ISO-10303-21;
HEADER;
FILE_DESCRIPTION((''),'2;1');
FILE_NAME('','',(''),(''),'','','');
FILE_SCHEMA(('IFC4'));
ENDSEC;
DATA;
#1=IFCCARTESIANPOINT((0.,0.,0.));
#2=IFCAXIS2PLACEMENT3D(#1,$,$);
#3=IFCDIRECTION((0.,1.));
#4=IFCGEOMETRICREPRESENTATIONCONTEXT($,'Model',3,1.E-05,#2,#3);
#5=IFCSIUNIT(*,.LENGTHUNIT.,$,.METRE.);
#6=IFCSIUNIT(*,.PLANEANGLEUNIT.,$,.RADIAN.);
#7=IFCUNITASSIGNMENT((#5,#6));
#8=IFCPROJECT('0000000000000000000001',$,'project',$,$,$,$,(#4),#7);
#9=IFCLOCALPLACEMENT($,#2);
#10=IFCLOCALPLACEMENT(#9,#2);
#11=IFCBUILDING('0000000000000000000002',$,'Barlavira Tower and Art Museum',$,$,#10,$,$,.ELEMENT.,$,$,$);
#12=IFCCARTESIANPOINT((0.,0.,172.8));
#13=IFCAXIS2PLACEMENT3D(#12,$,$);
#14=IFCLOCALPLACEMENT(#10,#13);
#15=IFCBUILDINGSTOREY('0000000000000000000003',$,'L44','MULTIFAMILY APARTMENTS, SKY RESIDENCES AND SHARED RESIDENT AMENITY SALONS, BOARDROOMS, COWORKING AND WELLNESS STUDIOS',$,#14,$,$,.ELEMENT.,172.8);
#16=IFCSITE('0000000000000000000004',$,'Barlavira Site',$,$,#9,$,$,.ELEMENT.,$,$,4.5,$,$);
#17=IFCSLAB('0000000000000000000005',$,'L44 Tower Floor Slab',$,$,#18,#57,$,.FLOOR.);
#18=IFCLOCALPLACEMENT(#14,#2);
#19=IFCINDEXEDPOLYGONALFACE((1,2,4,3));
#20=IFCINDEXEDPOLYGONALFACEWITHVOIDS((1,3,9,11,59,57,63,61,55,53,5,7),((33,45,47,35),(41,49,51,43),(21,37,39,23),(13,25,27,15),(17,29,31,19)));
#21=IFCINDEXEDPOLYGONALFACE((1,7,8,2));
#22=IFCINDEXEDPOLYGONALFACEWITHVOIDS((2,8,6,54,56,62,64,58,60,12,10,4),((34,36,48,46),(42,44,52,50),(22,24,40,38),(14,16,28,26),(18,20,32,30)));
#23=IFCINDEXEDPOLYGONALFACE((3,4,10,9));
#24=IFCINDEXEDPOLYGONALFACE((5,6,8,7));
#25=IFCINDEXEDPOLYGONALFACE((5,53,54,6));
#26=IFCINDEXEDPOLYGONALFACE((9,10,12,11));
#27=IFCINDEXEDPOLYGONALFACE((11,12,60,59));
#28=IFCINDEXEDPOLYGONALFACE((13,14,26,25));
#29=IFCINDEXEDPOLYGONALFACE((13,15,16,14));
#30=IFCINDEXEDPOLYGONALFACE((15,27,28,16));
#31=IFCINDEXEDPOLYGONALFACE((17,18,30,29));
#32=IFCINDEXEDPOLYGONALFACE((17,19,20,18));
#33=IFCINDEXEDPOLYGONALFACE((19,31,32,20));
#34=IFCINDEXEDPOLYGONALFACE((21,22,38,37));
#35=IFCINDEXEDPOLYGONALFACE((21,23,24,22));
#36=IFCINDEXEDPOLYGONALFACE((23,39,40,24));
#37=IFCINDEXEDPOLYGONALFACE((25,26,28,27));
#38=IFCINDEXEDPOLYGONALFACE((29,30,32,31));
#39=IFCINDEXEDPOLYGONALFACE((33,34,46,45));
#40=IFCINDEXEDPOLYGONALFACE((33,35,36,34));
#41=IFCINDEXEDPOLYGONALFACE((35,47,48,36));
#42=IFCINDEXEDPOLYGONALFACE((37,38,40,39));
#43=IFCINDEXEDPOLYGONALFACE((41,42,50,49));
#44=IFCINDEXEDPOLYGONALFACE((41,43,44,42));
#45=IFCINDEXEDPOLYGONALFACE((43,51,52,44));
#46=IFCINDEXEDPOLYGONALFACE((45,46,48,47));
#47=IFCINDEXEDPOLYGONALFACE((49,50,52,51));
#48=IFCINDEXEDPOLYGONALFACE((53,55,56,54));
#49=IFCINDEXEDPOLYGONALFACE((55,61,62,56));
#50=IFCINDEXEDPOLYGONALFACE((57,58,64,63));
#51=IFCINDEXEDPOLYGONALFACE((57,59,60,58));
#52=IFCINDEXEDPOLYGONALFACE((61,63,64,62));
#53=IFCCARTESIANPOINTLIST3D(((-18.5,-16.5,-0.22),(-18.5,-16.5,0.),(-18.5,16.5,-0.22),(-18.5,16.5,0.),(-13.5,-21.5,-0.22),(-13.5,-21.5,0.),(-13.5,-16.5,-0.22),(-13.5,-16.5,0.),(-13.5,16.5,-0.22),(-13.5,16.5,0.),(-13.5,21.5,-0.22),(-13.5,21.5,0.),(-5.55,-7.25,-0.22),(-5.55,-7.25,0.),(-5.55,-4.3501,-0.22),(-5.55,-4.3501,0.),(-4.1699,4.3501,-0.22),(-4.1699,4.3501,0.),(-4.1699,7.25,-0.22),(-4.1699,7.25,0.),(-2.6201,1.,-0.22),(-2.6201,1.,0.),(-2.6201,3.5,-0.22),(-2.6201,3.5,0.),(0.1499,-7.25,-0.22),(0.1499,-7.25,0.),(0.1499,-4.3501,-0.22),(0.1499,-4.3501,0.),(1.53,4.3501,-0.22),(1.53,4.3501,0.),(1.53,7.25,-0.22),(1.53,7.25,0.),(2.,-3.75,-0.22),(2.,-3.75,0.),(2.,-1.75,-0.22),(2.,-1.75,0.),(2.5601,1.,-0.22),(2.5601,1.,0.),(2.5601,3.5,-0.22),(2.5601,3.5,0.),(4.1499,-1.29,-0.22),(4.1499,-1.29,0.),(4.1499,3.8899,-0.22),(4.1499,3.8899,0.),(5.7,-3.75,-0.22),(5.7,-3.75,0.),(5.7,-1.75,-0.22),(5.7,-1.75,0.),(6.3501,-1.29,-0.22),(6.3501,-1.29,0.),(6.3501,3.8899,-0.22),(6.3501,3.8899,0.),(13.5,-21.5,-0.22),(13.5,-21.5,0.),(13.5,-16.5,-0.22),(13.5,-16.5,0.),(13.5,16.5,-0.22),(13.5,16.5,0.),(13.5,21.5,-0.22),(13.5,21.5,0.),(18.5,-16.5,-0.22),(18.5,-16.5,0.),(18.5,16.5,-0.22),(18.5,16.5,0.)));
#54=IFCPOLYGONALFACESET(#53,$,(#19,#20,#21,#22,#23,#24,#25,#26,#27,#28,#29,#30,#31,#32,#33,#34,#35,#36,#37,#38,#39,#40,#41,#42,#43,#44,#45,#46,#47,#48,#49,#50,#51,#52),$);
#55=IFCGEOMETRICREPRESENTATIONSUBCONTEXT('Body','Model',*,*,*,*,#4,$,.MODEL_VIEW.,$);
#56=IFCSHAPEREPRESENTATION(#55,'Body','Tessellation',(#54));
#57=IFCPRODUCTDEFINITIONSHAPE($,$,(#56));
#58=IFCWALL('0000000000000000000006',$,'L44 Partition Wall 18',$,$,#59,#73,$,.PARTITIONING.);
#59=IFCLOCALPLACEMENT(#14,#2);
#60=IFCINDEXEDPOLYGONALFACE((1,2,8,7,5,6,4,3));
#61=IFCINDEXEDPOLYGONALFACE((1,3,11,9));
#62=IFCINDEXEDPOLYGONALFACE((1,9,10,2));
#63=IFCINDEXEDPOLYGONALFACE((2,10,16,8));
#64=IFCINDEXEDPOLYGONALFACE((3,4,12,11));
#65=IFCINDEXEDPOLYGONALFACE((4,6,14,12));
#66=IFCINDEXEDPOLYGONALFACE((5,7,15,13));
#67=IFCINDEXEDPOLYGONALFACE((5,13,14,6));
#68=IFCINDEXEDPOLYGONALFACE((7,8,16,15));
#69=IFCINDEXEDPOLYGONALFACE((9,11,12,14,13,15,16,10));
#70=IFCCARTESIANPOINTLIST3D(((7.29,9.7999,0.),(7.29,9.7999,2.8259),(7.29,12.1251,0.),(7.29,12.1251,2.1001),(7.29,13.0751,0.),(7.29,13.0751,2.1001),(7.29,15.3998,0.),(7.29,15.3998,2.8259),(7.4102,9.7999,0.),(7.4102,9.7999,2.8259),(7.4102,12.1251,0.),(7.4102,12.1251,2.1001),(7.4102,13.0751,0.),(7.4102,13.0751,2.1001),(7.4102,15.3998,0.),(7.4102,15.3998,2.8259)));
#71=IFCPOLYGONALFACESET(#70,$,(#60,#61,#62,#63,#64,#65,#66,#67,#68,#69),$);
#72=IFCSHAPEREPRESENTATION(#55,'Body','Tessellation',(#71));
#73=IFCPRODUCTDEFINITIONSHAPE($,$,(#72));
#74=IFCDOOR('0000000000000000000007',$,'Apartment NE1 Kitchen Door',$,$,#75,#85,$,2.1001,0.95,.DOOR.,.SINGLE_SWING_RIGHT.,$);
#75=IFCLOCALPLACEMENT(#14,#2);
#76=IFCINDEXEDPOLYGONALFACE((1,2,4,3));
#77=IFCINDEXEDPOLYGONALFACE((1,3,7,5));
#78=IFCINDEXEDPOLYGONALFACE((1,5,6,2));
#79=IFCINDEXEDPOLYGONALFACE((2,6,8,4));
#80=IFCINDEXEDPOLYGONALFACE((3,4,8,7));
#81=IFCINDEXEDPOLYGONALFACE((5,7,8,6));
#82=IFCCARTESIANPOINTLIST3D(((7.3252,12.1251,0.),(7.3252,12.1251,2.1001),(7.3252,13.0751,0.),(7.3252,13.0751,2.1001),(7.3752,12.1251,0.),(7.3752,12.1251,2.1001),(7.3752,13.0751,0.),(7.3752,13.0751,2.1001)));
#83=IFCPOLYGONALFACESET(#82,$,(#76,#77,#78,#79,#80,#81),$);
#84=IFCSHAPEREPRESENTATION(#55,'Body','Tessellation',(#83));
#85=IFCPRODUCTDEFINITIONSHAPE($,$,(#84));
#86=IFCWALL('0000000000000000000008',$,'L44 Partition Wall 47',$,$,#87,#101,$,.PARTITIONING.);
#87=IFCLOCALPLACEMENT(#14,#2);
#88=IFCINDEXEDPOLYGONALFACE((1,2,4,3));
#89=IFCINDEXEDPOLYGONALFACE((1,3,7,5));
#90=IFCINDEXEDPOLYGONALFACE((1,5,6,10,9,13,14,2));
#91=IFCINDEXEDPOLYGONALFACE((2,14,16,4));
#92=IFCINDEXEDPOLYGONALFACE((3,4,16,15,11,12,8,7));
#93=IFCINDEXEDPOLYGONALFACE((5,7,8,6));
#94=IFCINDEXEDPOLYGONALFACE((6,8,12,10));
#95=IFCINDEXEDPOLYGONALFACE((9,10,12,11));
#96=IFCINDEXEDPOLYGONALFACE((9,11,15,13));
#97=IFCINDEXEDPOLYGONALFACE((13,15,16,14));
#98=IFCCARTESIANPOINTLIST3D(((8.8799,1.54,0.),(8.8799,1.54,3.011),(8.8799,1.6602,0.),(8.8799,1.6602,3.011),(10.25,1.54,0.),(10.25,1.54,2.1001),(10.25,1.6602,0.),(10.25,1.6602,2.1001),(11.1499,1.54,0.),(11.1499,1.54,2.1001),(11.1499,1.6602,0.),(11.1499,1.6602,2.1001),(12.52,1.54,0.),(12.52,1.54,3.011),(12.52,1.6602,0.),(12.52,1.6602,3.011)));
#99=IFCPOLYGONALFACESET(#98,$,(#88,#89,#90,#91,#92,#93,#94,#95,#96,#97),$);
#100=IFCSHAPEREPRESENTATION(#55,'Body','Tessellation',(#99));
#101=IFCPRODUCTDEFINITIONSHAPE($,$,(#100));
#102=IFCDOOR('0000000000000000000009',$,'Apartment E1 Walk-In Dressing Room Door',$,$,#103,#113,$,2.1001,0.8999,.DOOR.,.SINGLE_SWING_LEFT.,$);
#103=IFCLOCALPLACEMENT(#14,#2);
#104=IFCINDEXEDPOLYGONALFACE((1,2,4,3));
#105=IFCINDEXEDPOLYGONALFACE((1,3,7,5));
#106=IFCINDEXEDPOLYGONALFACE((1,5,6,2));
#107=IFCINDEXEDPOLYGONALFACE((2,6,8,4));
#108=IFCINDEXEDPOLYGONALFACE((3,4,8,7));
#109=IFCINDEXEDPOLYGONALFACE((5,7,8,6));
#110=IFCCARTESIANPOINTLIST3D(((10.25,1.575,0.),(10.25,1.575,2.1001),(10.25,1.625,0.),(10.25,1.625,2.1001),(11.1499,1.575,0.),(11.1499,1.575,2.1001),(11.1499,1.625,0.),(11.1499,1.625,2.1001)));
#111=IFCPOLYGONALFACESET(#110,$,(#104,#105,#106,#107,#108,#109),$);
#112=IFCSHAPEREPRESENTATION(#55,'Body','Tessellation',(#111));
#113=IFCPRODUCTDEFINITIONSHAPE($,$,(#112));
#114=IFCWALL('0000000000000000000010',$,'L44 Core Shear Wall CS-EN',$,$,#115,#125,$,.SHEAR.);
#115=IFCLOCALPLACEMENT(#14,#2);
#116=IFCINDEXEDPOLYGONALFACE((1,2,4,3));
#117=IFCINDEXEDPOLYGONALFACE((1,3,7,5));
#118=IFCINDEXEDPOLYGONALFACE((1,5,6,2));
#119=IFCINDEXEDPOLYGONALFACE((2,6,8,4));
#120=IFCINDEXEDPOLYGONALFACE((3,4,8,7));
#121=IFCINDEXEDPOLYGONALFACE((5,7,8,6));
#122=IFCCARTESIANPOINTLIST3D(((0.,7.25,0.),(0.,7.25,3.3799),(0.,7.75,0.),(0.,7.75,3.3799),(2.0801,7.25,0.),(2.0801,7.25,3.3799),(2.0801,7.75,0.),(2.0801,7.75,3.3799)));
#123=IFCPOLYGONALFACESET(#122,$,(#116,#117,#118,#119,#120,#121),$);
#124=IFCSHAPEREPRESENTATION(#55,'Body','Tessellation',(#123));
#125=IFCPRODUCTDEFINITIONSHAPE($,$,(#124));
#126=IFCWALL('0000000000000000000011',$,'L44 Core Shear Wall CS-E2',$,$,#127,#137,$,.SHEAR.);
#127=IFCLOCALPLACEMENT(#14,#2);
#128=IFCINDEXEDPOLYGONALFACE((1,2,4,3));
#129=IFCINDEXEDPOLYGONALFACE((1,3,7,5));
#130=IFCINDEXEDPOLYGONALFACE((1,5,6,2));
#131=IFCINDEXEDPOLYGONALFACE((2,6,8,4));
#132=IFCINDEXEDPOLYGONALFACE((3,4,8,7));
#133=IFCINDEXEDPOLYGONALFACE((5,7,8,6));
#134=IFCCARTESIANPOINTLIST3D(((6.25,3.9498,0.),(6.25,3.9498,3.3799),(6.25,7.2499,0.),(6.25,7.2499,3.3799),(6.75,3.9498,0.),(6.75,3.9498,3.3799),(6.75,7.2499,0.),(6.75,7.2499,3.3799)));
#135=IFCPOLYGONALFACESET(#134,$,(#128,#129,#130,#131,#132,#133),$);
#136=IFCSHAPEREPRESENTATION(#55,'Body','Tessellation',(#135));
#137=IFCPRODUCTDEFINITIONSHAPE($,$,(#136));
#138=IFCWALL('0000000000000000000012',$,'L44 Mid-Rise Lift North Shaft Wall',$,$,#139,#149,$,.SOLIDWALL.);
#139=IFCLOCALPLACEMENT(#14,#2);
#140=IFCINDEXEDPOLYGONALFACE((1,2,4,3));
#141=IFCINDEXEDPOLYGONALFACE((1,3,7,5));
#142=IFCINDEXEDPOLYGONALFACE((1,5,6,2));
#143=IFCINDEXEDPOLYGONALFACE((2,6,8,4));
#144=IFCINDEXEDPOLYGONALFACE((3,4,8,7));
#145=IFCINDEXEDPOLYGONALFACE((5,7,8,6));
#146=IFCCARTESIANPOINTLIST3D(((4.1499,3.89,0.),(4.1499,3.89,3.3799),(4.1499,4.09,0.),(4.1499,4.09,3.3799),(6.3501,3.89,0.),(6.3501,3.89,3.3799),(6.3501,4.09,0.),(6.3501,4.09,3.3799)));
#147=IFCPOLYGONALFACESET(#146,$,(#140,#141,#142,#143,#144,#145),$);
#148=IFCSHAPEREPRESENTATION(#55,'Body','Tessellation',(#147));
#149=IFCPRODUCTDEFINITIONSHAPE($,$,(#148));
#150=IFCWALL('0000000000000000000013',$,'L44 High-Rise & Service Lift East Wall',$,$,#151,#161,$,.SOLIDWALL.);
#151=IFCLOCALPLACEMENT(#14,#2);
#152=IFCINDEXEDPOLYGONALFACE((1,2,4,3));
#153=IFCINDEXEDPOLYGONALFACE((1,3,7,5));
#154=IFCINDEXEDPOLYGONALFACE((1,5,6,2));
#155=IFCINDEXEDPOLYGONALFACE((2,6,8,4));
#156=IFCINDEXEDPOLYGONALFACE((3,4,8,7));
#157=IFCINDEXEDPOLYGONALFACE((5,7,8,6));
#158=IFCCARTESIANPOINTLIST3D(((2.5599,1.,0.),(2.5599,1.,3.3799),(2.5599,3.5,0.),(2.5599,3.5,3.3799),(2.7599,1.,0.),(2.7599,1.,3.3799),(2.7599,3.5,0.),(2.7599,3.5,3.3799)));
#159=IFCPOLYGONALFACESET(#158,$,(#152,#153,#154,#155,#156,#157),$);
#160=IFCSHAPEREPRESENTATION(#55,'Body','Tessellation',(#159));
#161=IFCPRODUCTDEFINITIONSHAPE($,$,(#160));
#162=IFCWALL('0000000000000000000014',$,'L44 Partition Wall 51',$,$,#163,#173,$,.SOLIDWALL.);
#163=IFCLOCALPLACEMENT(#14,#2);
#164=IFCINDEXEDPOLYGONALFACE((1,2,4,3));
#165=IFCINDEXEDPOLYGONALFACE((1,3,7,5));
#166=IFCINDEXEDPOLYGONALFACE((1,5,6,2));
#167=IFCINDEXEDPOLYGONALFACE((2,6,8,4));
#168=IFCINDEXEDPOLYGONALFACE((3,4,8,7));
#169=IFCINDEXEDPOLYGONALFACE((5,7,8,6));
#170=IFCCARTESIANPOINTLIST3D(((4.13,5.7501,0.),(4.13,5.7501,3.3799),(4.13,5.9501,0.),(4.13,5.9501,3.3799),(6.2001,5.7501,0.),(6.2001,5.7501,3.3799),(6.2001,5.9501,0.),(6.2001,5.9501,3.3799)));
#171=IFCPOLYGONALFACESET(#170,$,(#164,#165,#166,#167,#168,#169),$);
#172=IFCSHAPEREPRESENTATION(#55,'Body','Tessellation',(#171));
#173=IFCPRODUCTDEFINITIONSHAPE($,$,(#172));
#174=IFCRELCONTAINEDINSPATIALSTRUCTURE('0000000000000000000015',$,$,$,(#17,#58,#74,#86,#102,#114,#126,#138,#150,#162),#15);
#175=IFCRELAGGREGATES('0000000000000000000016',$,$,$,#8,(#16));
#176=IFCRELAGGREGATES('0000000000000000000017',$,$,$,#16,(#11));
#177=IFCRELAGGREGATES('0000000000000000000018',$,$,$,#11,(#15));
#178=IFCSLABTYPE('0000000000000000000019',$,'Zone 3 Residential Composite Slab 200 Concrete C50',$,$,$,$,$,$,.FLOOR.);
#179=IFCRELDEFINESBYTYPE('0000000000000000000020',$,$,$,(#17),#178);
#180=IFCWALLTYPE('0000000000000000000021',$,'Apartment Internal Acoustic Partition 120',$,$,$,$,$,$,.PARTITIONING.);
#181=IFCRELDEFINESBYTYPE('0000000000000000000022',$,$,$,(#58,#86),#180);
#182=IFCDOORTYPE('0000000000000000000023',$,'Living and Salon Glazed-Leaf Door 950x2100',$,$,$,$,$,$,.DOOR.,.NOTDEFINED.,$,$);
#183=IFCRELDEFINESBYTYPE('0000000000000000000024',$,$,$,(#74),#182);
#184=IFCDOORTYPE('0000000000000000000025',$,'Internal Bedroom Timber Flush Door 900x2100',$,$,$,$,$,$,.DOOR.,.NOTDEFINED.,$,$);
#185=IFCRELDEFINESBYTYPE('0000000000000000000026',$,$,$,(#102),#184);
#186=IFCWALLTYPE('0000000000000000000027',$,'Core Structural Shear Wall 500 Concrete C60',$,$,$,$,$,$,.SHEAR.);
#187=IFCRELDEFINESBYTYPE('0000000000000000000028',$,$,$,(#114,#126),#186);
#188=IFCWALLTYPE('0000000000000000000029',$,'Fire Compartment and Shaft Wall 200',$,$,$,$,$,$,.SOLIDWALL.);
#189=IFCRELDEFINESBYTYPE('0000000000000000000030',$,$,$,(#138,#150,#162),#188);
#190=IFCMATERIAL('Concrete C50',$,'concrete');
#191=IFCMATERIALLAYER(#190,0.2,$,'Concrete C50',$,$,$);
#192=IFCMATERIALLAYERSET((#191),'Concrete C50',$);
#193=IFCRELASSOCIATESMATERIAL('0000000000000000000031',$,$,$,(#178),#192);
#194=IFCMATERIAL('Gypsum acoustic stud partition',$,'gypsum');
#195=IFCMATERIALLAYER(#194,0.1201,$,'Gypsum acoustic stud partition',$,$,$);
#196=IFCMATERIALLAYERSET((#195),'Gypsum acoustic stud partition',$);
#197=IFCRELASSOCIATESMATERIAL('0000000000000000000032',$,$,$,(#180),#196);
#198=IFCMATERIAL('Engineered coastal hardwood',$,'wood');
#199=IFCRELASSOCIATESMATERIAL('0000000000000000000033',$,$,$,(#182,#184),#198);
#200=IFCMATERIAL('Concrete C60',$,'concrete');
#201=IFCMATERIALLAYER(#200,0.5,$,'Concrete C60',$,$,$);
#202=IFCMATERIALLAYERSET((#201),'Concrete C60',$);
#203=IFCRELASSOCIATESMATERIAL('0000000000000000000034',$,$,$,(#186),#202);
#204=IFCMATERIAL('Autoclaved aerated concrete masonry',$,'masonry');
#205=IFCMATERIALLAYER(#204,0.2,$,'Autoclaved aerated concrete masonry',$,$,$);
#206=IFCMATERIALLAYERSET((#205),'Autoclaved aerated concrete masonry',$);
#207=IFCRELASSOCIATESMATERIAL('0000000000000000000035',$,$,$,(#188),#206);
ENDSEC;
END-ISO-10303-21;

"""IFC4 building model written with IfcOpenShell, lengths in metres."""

from ifc_helpers import new_model, si_unit, direction, frame, frame_2d, origin, place, context, subcontext, project, spatial, polyline, rectangle, outline, extrude, material, layer, layer_set, type_object, element, fill, save


model = new_model("IFC4")

# Units and contexts
model_context = context("Model", 3, precision=1e-05, world=origin(), true_north=direction((0.0, 1.0)))
body_context = subcontext(model_context, "Body", "Model", "MODEL_VIEW")
ifc_project = project(units=[si_unit("LENGTHUNIT", "METRE"), si_unit("PLANEANGLEUNIT", "RADIAN")], contexts=[model_context])

# Site, building, storey
site_placement = place(None, origin())
site = spatial("IfcSite", under=ifc_project, at=site_placement, Name="Barlavira Site", CompositionType="ELEMENT", RefElevation=4.5)
building_placement = place(site_placement, origin())
building = spatial("IfcBuilding", under=site, at=building_placement, Name="Barlavira Tower and Art Museum", CompositionType="ELEMENT")
storey_placement = place(building_placement, frame((0.0, 0.0, 172.8)))
storey = spatial("IfcBuildingStorey", under=building, at=storey_placement, Name="L44", Description="MULTIFAMILY APARTMENTS, SKY RESIDENCES AND SHARED RESIDENT AMENITY SALONS, BOARDROOMS, COWORKING AND WELLNESS STUDIOS", CompositionType="ELEMENT", Elevation=172.8)

# Slab
ifc_material_1 = material(Name="Concrete C50", Category="concrete")
ifc_layer_1 = layer(ifc_material_1, 0.2, Name="Concrete C50")
ifc_layer_set_1 = layer_set([ifc_layer_1], Name="Concrete C50")
slab_type_1 = type_object("IfcSlabType", Name="Zone 3 Residential Composite Slab 200 Concrete C50", PredefinedType="FLOOR", material=ifc_layer_set_1)
slab_1_placement = place(storey_placement, frame((0.0, 0.0, -0.22)))
element("IfcSlab", 1, at=slab_1_placement, inside=storey, type_object=slab_type_1, Name="L44 Tower Floor Slab", PredefinedType="FLOOR", context=body_context, shape_type="SweptSolid", body=[
    extrude(outline(polyline([(-13.5, -21.5), (13.5, -21.5), (13.5, -16.5), (18.5, -16.5), (18.5, 16.5), (13.5, 16.5), (13.5, 21.5), (-13.5, 21.5), (-13.5, 16.5), (-18.5, 16.5), (-18.5, -16.5), (-13.5, -16.5), (-13.5, -21.5)]), holes=[polyline([(0.1499, -4.3501), (-5.55, -4.3501), (-5.55, -7.25), (0.1499, -7.25), (0.1499, -4.3501)]), polyline([(-4.1699, 4.3501), (1.53, 4.3501), (1.53, 7.25), (-4.1699, 7.25), (-4.1699, 4.3501)]), polyline([(4.1499, -1.29), (6.3501, -1.29), (6.3501, 3.8899), (4.1499, 3.8899), (4.1499, -1.29)]), polyline([(-2.6201, 1.0), (2.5601, 1.0), (2.5601, 3.5), (-2.6201, 3.5), (-2.6201, 1.0)]), polyline([(2.0, -3.75), (5.7, -3.75), (5.7, -1.75), (2.0, -1.75), (2.0, -3.75)])]), origin(), (0.0, 0.0, 1.0), 0.22),
])

# Walls, openings, doors
ifc_material_2 = material(Name="Gypsum acoustic stud partition", Category="gypsum")
ifc_layer_2 = layer(ifc_material_2, 0.1201, Name="Gypsum acoustic stud partition")
ifc_layer_set_2 = layer_set([ifc_layer_2], Name="Gypsum acoustic stud partition")
wall_type_1 = type_object("IfcWallType", Name="Apartment Internal Acoustic Partition 120", PredefinedType="PARTITIONING", material=ifc_layer_set_2)
wall_1_placement = place(storey_placement, frame((7.3501, 9.8, 0.0), z_axis=(0.0, 0.0, 1.0), x_axis=(0.0, 1.0, 0.0)))
wall_1 = element("IfcWall", 2, at=wall_1_placement, inside=storey, type_object=wall_type_1, Name="L44 Partition Wall 18", PredefinedType="PARTITIONING", context=body_context, shape_type="SweptSolid", body=[
    extrude(rectangle(XDim=5.5999, YDim=0.1201, at=frame_2d((2.7998, 0.0))), origin(), (0.0, 0.0, 1.0), 2.8259),
])
opening_1_placement = place(wall_1_placement, frame((2.325, 0.0, 0.0)))
opening_1 = element("IfcOpeningElement", 3, at=opening_1_placement, cuts=wall_1, PredefinedType="OPENING", context=body_context, shape_type="SweptSolid", body=[
    extrude(rectangle(XDim=0.95, YDim=2.1001, at=frame_2d((0.4751, 1.05))), frame((0.0, 0.0701, 0.0), z_axis=(0.0, -1.0, 0.0), x_axis=(1.0, 0.0, 0.0)), (0.0, 0.0, 1.0), 0.1401),
])
ifc_material_3 = material(Name="Engineered coastal hardwood", Category="wood")
door_type_1 = type_object("IfcDoorType", Name="Living and Salon Glazed-Leaf Door 950x2100", OperationType="NOTDEFINED", PredefinedType="DOOR", material=ifc_material_3)
door_1_placement = place(opening_1_placement, origin())
door_1 = element("IfcDoor", 4, at=door_1_placement, inside=storey, type_object=door_type_1, Name="Apartment NE1 Kitchen Door", OperationType="SINGLE_SWING_RIGHT", OverallHeight=2.1001, OverallWidth=0.95, PredefinedType="DOOR", context=body_context, shape_type="SweptSolid", body=[
    extrude(rectangle(XDim=0.95, YDim=2.1001, at=frame_2d((0.4751, 1.05))), frame((0.0, 0.0249, 0.0), z_axis=(0.0, -1.0, 0.0), x_axis=(1.0, 0.0, 0.0)), (0.0, 0.0, 1.0), 0.05),
])
fill(opening_1, door_1)
wall_2_placement = place(storey_placement, frame((8.8799, 1.6001, 0.0), z_axis=(0.0, 0.0, 1.0), x_axis=(1.0, 0.0, 0.0)))
wall_2 = element("IfcWall", 5, at=wall_2_placement, inside=storey, type_object=wall_type_1, Name="L44 Partition Wall 47", PredefinedType="PARTITIONING", context=body_context, shape_type="SweptSolid", body=[
    extrude(rectangle(XDim=3.6401, YDim=0.1201, at=frame_2d((1.8201, 0.0))), origin(), (0.0, 0.0, 1.0), 3.011),
])
opening_2_placement = place(wall_2_placement, frame((1.3701, 0.0, 0.0)))
opening_2 = element("IfcOpeningElement", 6, at=opening_2_placement, cuts=wall_2, PredefinedType="OPENING", context=body_context, shape_type="SweptSolid", body=[
    extrude(rectangle(XDim=0.8999, YDim=2.1001, at=frame_2d((0.45, 1.05))), frame((0.0, 0.0701, 0.0), z_axis=(0.0, -1.0, 0.0), x_axis=(1.0, 0.0, 0.0)), (0.0, 0.0, 1.0), 0.1401),
])
door_type_2 = type_object("IfcDoorType", Name="Internal Bedroom Timber Flush Door 900x2100", OperationType="NOTDEFINED", PredefinedType="DOOR", material=ifc_material_3)
door_2_placement = place(opening_2_placement, origin())
door_2 = element("IfcDoor", 7, at=door_2_placement, inside=storey, type_object=door_type_2, Name="Apartment E1 Walk-In Dressing Room Door", OperationType="SINGLE_SWING_LEFT", OverallHeight=2.1001, OverallWidth=0.8999, PredefinedType="DOOR", context=body_context, shape_type="SweptSolid", body=[
    extrude(rectangle(XDim=0.8999, YDim=2.1001, at=frame_2d((0.45, 1.05))), frame((0.0, 0.0249, 0.0), z_axis=(0.0, -1.0, 0.0), x_axis=(1.0, 0.0, 0.0)), (0.0, 0.0, 1.0), 0.05),
])
fill(opening_2, door_2)

# Walls
ifc_material_4 = material(Name="Concrete C60", Category="concrete")
ifc_layer_3 = layer(ifc_material_4, 0.5, Name="Concrete C60")
ifc_layer_set_3 = layer_set([ifc_layer_3], Name="Concrete C60")
wall_type_2 = type_object("IfcWallType", Name="Core Structural Shear Wall 500 Concrete C60", PredefinedType="SHEAR", material=ifc_layer_set_3)
wall_3_placement = place(storey_placement, frame((0.0, 7.5, 0.0), z_axis=(0.0, 0.0, 1.0), x_axis=(1.0, 0.0, 0.0)))
element("IfcWall", 8, at=wall_3_placement, inside=storey, type_object=wall_type_2, Name="L44 Core Shear Wall CS-EN", PredefinedType="SHEAR", context=body_context, shape_type="SweptSolid", body=[
    extrude(rectangle(XDim=2.0801, YDim=0.5, at=frame_2d((1.04, 0.0))), origin(), (0.0, 0.0, 1.0), 3.3799),
])
wall_4_placement = place(storey_placement, frame((6.5, 3.95, 0.0), z_axis=(0.0, 0.0, 1.0), x_axis=(0.0, 1.0, 0.0)))
element("IfcWall", 9, at=wall_4_placement, inside=storey, type_object=wall_type_2, Name="L44 Core Shear Wall CS-E2", PredefinedType="SHEAR", context=body_context, shape_type="SweptSolid", body=[
    extrude(rectangle(XDim=3.3, YDim=0.5, at=frame_2d((1.6499, 0.0))), origin(), (0.0, 0.0, 1.0), 3.3799),
])
ifc_material_5 = material(Name="Autoclaved aerated concrete masonry", Category="masonry")
ifc_layer_4 = layer(ifc_material_5, 0.2, Name="Autoclaved aerated concrete masonry")
ifc_layer_set_4 = layer_set([ifc_layer_4], Name="Autoclaved aerated concrete masonry")
wall_type_3 = type_object("IfcWallType", Name="Fire Compartment and Shaft Wall 200", PredefinedType="SOLIDWALL", material=ifc_layer_set_4)
wall_5_placement = place(storey_placement, frame((4.1499, 3.99, 0.0), z_axis=(0.0, 0.0, 1.0), x_axis=(1.0, 0.0, 0.0)))
element("IfcWall", 10, at=wall_5_placement, inside=storey, type_object=wall_type_3, Name="L44 Mid-Rise Lift North Shaft Wall", PredefinedType="SOLIDWALL", context=body_context, shape_type="SweptSolid", body=[
    extrude(rectangle(XDim=2.2002, YDim=0.2, at=frame_2d((1.1001, 0.0))), origin(), (0.0, 0.0, 1.0), 3.3799),
])
wall_6_placement = place(storey_placement, frame((2.6599, 1.0, 0.0), z_axis=(0.0, 0.0, 1.0), x_axis=(0.0, 1.0, 0.0)))
element("IfcWall", 11, at=wall_6_placement, inside=storey, type_object=wall_type_3, Name="L44 High-Rise & Service Lift East Wall", PredefinedType="SOLIDWALL", context=body_context, shape_type="SweptSolid", body=[
    extrude(rectangle(XDim=2.5, YDim=0.2, at=frame_2d((1.25, 0.0))), origin(), (0.0, 0.0, 1.0), 3.3799),
])

# Wall
wall_7_placement = place(storey_placement, frame((4.1299, 5.8501, 0.0), z_axis=(0.0, 0.0, 1.0), x_axis=(1.0, 0.0, 0.0)))
element("IfcWall", 12, at=wall_7_placement, inside=storey, type_object=wall_type_3, Name="L44 Partition Wall 51", PredefinedType="SOLIDWALL", context=body_context, shape_type="SweptSolid", body=[
    extrude(rectangle(XDim=2.0701, YDim=0.2, at=frame_2d((1.0352, 0.0))), origin(), (0.0, 0.0, 1.0), 3.3799),
])

save(model, "model.ifc")
